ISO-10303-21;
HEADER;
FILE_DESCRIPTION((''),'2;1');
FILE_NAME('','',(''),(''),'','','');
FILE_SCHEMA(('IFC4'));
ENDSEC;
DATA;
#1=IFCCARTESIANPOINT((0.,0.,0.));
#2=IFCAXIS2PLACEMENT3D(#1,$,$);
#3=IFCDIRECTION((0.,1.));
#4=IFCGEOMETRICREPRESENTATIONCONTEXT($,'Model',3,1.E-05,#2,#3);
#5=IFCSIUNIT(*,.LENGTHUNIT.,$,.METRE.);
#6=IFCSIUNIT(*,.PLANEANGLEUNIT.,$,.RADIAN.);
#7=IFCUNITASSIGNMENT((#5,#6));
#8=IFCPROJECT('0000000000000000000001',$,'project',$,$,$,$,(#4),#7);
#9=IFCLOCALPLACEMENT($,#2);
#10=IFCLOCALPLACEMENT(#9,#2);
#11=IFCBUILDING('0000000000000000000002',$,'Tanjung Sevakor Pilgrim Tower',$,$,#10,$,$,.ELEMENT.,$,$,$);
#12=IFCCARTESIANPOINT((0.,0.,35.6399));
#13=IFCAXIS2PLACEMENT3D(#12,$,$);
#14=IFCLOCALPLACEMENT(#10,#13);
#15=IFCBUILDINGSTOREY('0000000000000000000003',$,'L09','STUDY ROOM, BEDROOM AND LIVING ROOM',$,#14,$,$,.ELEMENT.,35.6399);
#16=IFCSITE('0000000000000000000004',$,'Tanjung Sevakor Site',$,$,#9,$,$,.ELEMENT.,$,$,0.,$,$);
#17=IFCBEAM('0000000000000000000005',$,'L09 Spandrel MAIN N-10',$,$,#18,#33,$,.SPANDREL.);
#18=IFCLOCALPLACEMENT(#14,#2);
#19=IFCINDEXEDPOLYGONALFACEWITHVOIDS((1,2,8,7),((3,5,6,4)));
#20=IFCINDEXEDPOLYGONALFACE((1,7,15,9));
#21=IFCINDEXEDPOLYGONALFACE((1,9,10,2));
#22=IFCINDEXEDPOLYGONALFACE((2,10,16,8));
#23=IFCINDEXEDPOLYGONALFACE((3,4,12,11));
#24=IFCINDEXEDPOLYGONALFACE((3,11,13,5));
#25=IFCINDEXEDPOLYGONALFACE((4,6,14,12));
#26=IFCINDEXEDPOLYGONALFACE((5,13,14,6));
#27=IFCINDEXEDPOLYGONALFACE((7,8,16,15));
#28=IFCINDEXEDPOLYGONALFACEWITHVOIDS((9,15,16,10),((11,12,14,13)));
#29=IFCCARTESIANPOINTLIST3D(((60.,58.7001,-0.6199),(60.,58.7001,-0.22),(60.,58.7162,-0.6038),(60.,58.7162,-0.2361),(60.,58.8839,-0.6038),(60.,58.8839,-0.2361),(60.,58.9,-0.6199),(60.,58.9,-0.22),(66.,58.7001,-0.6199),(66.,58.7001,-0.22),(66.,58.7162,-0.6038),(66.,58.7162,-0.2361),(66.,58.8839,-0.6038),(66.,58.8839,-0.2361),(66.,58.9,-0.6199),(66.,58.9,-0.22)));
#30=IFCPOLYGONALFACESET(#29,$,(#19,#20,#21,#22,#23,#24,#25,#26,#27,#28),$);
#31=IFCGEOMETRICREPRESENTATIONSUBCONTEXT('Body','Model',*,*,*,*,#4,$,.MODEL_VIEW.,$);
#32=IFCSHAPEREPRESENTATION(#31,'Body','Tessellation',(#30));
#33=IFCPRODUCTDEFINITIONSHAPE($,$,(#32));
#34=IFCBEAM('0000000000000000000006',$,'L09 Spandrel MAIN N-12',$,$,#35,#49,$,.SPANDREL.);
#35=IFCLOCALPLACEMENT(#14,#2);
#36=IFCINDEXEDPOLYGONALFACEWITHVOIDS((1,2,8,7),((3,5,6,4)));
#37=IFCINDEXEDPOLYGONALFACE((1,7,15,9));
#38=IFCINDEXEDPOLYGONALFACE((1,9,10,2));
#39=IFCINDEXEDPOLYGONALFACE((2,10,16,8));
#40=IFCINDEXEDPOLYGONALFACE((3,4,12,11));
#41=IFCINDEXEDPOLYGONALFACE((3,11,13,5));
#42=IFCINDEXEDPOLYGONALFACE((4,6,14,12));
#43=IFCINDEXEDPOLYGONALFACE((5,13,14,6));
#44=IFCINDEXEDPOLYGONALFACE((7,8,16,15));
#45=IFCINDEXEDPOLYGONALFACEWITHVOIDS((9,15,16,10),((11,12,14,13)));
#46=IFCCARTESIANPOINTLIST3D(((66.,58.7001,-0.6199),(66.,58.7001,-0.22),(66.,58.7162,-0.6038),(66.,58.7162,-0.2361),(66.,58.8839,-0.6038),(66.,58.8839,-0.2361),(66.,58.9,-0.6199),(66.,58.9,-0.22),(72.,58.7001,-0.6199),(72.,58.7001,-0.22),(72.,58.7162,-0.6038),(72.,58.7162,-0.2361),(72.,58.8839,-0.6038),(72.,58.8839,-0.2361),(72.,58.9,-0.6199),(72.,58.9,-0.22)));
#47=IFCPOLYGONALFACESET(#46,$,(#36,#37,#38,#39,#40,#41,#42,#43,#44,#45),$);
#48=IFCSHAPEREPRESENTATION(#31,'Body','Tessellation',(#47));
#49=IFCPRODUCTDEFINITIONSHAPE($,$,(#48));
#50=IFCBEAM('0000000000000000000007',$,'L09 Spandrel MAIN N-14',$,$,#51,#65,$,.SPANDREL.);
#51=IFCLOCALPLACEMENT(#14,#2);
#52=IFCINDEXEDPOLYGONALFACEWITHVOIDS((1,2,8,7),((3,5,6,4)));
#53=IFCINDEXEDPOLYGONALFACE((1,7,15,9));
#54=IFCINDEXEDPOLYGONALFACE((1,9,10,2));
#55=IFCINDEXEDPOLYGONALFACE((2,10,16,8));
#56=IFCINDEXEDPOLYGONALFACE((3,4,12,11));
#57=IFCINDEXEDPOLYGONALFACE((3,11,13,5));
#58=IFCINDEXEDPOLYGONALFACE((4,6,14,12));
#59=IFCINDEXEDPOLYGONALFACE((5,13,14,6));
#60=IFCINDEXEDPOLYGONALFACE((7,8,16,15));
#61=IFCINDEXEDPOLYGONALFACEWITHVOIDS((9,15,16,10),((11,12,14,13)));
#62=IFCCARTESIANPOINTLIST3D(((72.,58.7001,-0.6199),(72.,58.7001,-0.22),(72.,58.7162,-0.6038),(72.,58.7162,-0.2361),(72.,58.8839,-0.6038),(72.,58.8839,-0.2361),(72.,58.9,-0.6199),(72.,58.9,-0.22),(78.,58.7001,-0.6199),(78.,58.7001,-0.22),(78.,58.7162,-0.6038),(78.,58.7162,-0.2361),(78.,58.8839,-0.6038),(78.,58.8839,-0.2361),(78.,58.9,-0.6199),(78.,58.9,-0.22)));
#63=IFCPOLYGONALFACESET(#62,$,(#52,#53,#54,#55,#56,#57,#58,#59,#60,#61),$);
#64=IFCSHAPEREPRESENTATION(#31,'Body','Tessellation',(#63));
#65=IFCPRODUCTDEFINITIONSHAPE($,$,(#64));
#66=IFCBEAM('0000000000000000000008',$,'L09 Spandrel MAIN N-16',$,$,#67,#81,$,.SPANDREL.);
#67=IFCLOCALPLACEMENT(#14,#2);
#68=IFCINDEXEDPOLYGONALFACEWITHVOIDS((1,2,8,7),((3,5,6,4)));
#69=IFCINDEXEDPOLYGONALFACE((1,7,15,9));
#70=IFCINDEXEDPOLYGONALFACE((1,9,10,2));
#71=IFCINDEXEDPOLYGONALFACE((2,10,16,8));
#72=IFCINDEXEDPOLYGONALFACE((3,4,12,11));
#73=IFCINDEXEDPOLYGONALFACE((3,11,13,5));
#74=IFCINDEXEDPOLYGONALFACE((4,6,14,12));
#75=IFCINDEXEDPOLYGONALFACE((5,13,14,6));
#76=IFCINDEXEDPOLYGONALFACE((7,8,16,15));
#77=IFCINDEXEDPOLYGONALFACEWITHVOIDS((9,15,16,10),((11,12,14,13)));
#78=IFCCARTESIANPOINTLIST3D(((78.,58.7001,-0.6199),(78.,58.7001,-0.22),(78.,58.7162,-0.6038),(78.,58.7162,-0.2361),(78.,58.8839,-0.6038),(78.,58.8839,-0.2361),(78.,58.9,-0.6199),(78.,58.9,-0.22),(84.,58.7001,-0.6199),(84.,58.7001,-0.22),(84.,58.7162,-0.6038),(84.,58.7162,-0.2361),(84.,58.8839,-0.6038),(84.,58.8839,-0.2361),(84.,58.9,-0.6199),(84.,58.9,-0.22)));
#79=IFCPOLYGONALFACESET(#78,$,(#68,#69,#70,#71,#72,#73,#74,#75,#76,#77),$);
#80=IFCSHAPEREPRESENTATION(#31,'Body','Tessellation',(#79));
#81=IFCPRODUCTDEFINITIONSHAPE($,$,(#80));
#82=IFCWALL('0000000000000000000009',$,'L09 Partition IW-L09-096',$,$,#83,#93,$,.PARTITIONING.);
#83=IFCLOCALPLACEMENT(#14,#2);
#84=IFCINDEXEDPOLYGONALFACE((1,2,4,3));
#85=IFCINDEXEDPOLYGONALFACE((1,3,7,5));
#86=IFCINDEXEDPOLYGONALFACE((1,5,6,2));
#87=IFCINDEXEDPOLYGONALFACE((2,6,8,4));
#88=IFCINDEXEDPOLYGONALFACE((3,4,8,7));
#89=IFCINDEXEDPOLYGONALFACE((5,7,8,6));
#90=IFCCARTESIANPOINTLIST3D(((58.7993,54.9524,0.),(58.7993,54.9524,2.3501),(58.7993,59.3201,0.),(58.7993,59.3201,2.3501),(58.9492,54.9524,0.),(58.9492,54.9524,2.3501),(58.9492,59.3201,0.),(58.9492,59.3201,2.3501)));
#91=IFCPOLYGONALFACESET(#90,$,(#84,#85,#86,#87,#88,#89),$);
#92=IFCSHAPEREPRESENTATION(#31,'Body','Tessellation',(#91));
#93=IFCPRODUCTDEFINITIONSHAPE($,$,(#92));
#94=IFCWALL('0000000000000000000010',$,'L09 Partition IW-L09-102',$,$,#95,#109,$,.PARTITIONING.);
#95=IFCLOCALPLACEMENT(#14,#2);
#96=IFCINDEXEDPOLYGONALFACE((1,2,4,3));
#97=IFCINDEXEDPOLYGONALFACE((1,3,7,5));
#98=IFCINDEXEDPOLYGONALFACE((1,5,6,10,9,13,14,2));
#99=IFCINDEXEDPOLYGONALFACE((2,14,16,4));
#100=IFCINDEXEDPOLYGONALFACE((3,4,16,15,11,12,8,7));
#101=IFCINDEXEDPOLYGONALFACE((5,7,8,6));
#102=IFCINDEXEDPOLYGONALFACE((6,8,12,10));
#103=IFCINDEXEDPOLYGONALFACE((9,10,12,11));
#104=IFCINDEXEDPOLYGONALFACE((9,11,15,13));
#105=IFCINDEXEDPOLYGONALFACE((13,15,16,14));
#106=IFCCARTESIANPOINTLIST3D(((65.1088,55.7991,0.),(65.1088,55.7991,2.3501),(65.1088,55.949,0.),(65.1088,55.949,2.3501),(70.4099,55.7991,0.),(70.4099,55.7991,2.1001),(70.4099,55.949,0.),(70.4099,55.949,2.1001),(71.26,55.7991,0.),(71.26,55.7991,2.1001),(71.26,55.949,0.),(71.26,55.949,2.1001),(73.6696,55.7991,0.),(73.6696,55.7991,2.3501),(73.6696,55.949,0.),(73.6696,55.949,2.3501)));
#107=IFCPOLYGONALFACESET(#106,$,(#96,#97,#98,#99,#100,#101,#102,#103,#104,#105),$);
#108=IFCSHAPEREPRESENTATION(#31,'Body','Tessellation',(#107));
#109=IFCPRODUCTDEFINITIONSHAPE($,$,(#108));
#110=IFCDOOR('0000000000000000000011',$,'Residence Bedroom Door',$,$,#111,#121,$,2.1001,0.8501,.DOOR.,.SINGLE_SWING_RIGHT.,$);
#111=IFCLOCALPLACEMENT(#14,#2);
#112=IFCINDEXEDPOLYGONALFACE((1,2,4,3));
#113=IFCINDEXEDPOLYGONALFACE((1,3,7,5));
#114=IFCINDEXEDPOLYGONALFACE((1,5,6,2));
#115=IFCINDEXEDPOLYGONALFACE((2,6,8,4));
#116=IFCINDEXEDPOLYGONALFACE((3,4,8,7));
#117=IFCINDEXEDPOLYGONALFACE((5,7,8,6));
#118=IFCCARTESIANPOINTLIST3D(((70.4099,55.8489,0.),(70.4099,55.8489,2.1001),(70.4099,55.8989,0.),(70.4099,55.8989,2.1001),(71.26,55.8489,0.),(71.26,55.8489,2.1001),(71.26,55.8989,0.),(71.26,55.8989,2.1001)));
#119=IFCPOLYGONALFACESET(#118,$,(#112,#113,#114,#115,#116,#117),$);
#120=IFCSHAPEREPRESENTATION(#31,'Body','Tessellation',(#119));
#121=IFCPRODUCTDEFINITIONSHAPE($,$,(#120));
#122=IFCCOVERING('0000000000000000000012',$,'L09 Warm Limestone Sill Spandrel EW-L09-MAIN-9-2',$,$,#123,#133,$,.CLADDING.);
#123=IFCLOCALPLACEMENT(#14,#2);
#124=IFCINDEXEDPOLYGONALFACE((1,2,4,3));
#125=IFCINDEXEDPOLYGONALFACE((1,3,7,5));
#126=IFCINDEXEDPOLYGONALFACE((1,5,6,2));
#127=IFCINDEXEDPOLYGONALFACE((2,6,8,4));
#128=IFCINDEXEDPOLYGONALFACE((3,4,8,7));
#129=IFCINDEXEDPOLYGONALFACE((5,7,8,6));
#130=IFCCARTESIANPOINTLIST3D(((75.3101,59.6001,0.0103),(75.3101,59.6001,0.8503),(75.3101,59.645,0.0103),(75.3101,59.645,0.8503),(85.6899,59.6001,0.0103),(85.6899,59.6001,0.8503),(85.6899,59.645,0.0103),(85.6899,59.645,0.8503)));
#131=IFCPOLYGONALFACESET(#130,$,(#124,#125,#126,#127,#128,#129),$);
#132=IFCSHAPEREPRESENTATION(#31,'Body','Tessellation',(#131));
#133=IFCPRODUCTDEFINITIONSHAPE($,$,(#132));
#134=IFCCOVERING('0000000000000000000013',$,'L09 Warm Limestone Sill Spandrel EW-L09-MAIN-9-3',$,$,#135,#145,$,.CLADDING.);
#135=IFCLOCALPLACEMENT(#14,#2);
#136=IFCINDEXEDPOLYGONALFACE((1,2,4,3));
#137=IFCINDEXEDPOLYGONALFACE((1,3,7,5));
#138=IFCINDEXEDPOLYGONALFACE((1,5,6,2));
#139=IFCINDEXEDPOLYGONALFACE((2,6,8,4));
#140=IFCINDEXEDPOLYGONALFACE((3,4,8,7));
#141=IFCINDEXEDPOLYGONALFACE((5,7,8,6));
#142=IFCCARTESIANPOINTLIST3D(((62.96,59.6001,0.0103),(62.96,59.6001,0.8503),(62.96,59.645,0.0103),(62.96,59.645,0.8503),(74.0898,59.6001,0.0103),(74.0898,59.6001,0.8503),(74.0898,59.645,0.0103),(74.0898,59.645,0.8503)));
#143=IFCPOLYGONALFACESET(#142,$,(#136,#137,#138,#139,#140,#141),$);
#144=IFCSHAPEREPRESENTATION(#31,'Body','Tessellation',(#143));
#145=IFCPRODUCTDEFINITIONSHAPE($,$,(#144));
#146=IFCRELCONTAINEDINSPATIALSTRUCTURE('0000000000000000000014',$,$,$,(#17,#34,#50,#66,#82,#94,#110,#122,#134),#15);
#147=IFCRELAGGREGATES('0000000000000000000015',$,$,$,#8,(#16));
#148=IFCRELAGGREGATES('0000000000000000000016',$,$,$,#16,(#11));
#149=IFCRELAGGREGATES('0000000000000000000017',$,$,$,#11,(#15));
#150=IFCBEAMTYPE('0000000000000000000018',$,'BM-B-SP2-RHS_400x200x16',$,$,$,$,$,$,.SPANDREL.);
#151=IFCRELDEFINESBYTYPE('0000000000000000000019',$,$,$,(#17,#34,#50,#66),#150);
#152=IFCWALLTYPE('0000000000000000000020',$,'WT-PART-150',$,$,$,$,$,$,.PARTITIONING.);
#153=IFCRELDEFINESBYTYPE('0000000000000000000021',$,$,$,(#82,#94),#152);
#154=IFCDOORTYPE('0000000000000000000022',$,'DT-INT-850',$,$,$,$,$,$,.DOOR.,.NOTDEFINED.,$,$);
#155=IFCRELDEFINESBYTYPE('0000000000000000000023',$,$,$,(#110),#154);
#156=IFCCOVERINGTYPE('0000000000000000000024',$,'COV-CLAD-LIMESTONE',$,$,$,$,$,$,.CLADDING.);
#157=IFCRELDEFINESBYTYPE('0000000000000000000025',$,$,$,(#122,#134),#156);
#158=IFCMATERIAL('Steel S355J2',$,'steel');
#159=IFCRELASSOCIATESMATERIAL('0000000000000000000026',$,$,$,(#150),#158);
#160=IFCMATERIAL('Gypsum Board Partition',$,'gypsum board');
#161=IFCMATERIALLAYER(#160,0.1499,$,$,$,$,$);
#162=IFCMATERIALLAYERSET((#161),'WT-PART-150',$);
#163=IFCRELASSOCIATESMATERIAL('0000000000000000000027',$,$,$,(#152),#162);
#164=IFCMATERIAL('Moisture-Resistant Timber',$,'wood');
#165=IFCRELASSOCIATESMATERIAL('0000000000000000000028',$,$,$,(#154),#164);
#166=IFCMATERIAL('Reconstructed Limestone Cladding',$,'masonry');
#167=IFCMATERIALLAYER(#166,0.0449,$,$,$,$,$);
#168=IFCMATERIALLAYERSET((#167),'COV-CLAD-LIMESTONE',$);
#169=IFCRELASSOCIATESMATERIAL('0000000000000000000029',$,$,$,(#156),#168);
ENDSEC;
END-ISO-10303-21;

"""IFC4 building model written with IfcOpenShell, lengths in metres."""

from ifc_helpers import new_model, si_unit, direction, frame, frame_2d, origin, origin_2d, place, context, subcontext, project, spatial, rectangle, hollow_rectangle, extrude, material, layer, layer_set, material_profile, profile_set, type_object, element, fill, save


model = new_model("IFC4")

# Units and contexts
model_context = context("Model", 3, precision=1e-05, world=origin(), true_north=direction((0.0, 1.0)))
body_context = subcontext(model_context, "Body", "Model", "MODEL_VIEW")
ifc_project = project(units=[si_unit("LENGTHUNIT", "METRE"), si_unit("PLANEANGLEUNIT", "RADIAN")], contexts=[model_context])

# Site, building, storey
site_placement = place(None, origin())
site = spatial("IfcSite", under=ifc_project, at=site_placement, Name="Tanjung Sevakor Site", CompositionType="ELEMENT", RefElevation=0.0)
building_placement = place(site_placement, origin())
building = spatial("IfcBuilding", under=site, at=building_placement, Name="Tanjung Sevakor Pilgrim Tower", CompositionType="ELEMENT")
storey_placement = place(building_placement, frame((0.0, 0.0, 35.6399)))
storey = spatial("IfcBuildingStorey", under=building, at=storey_placement, Name="L09", Description="STUDY ROOM, BEDROOM AND LIVING ROOM", CompositionType="ELEMENT", Elevation=35.6399)

# Beams
ifc_material_1 = material(Name="Steel S355J2", Category="steel")
ifc_material_profile_1 = material_profile(ifc_material_1, hollow_rectangle(XDim=0.2, YDim=0.3999, WallThickness=0.0161, at=origin_2d()))
ifc_profile_set_1 = profile_set([ifc_material_profile_1], Name="Steel S355J2")
beam_type_1 = type_object("IfcBeamType", Name="BM-B-SP2-RHS_400x200x16", PredefinedType="SPANDREL", material=ifc_profile_set_1)
for number, where, z_axis, x_axis, name in (
    (1, (60.0, 58.8, -0.4199), (1.0, 0.0, 0.0), (0.0, 1.0, 0.0), "L09 Spandrel MAIN N-10"),
    (2, (66.0, 58.8, -0.4199), (1.0, 0.0, 0.0), (0.0, 1.0, 0.0), "L09 Spandrel MAIN N-12"),
    (3, (72.0, 58.8, -0.4199), (1.0, 0.0, 0.0), (0.0, 1.0, 0.0), "L09 Spandrel MAIN N-14"),
    (4, (78.0, 58.8, -0.4199), (1.0, 0.0, 0.0), (0.0, 1.0, 0.0), "L09 Spandrel MAIN N-16"),
):
    element("IfcBeam", number, at=place(storey_placement, frame(where, z_axis=z_axis, x_axis=x_axis)), inside=storey, type_object=beam_type_1, Name=name, PredefinedType="SPANDREL", context=body_context, shape_type="SweptSolid", body=[
        extrude(hollow_rectangle(XDim=0.2, YDim=0.3999, WallThickness=0.0161, at=origin_2d()), origin(), (0.0, 0.0, 1.0), 6.0),
    ])

# Wall
ifc_material_2 = material(Name="Gypsum Board Partition", Category="gypsum board")
ifc_layer_1 = layer(ifc_material_2, 0.1499)
ifc_layer_set_1 = layer_set([ifc_layer_1], Name="WT-PART-150")
wall_type = type_object("IfcWallType", Name="WT-PART-150", PredefinedType="PARTITIONING", material=ifc_layer_set_1)
wall_1_placement = place(storey_placement, frame((58.8743, 54.9524, 0.0), z_axis=(0.0, 0.0, 1.0), x_axis=(0.0, 1.0, 0.0)))
element("IfcWall", 5, at=wall_1_placement, inside=storey, type_object=wall_type, Name="L09 Partition IW-L09-096", PredefinedType="PARTITIONING", context=body_context, shape_type="SweptSolid", body=[
    extrude(rectangle(XDim=4.3677, YDim=0.1499, at=frame_2d((2.1838, 0.0))), origin(), (0.0, 0.0, 1.0), 2.3501),
])

# Wall, opening, door
wall_2_placement = place(storey_placement, frame((65.1089, 55.874, 0.0), z_axis=(0.0, 0.0, 1.0), x_axis=(1.0, 0.0, 0.0)))
wall_2 = element("IfcWall", 6, at=wall_2_placement, inside=storey, type_object=wall_type, Name="L09 Partition IW-L09-102", PredefinedType="PARTITIONING", context=body_context, shape_type="SweptSolid", body=[
    extrude(rectangle(XDim=8.5608, YDim=0.1499, at=frame_2d((4.2803, 0.0))), origin(), (0.0, 0.0, 1.0), 2.3501),
])
opening_placement = place(wall_2_placement, frame((5.301, 0.0, 0.0)))
opening = element("IfcOpeningElement", 7, at=opening_placement, cuts=wall_2, PredefinedType="OPENING", context=body_context, shape_type="SweptSolid", body=[
    extrude(rectangle(XDim=0.8501, YDim=2.1001, at=frame_2d((0.425, 1.05))), frame((0.0, 0.085, 0.0), z_axis=(0.0, -1.0, 0.0), x_axis=(1.0, 0.0, 0.0)), (0.0, 0.0, 1.0), 0.1699),
])
ifc_material_3 = material(Name="Moisture-Resistant Timber", Category="wood")
door_type = type_object("IfcDoorType", Name="DT-INT-850", OperationType="NOTDEFINED", PredefinedType="DOOR", material=ifc_material_3)
door_placement = place(opening_placement, origin())
door = element("IfcDoor", 8, at=door_placement, inside=storey, type_object=door_type, Name="Residence Bedroom Door", OperationType="SINGLE_SWING_RIGHT", OverallHeight=2.1001, OverallWidth=0.8501, PredefinedType="DOOR", context=body_context, shape_type="SweptSolid", body=[
    extrude(rectangle(XDim=0.8501, YDim=2.1001, at=frame_2d((0.425, 1.05))), frame((0.0, 0.0249, 0.0), z_axis=(0.0, -1.0, 0.0), x_axis=(1.0, 0.0, 0.0)), (0.0, 0.0, 1.0), 0.05),
])
fill(opening, door)

# Coverings
ifc_material_4 = material(Name="Reconstructed Limestone Cladding", Category="masonry")
ifc_layer_2 = layer(ifc_material_4, 0.0449)
ifc_layer_set_2 = layer_set([ifc_layer_2], Name="COV-CLAD-LIMESTONE")
covering_type = type_object("IfcCoveringType", Name="COV-CLAD-LIMESTONE", PredefinedType="CLADDING", material=ifc_layer_set_2)
covering_1_placement = place(storey_placement, frame((80.5, 59.6226, 0.0103), z_axis=(0.0, 0.0, 1.0), x_axis=(-1.0, 0.0, 0.0)))
element("IfcCovering", 9, at=covering_1_placement, inside=storey, type_object=covering_type, Name="L09 Warm Limestone Sill Spandrel EW-L09-MAIN-9-2", PredefinedType="CLADDING", context=body_context, shape_type="SweptSolid", body=[
    extrude(rectangle(XDim=10.3799, YDim=0.0449, at=origin_2d()), origin(), (0.0, 0.0, 1.0), 0.8401),
])
covering_2_placement = place(storey_placement, frame((68.5249, 59.6226, 0.0103), z_axis=(0.0, 0.0, 1.0), x_axis=(-1.0, 0.0, 0.0)))
element("IfcCovering", 10, at=covering_2_placement, inside=storey, type_object=covering_type, Name="L09 Warm Limestone Sill Spandrel EW-L09-MAIN-9-3", PredefinedType="CLADDING", context=body_context, shape_type="SweptSolid", body=[
    extrude(rectangle(XDim=11.1299, YDim=0.0449, at=origin_2d()), origin(), (0.0, 0.0, 1.0), 0.8401),
])

save(model, "model.ifc")
